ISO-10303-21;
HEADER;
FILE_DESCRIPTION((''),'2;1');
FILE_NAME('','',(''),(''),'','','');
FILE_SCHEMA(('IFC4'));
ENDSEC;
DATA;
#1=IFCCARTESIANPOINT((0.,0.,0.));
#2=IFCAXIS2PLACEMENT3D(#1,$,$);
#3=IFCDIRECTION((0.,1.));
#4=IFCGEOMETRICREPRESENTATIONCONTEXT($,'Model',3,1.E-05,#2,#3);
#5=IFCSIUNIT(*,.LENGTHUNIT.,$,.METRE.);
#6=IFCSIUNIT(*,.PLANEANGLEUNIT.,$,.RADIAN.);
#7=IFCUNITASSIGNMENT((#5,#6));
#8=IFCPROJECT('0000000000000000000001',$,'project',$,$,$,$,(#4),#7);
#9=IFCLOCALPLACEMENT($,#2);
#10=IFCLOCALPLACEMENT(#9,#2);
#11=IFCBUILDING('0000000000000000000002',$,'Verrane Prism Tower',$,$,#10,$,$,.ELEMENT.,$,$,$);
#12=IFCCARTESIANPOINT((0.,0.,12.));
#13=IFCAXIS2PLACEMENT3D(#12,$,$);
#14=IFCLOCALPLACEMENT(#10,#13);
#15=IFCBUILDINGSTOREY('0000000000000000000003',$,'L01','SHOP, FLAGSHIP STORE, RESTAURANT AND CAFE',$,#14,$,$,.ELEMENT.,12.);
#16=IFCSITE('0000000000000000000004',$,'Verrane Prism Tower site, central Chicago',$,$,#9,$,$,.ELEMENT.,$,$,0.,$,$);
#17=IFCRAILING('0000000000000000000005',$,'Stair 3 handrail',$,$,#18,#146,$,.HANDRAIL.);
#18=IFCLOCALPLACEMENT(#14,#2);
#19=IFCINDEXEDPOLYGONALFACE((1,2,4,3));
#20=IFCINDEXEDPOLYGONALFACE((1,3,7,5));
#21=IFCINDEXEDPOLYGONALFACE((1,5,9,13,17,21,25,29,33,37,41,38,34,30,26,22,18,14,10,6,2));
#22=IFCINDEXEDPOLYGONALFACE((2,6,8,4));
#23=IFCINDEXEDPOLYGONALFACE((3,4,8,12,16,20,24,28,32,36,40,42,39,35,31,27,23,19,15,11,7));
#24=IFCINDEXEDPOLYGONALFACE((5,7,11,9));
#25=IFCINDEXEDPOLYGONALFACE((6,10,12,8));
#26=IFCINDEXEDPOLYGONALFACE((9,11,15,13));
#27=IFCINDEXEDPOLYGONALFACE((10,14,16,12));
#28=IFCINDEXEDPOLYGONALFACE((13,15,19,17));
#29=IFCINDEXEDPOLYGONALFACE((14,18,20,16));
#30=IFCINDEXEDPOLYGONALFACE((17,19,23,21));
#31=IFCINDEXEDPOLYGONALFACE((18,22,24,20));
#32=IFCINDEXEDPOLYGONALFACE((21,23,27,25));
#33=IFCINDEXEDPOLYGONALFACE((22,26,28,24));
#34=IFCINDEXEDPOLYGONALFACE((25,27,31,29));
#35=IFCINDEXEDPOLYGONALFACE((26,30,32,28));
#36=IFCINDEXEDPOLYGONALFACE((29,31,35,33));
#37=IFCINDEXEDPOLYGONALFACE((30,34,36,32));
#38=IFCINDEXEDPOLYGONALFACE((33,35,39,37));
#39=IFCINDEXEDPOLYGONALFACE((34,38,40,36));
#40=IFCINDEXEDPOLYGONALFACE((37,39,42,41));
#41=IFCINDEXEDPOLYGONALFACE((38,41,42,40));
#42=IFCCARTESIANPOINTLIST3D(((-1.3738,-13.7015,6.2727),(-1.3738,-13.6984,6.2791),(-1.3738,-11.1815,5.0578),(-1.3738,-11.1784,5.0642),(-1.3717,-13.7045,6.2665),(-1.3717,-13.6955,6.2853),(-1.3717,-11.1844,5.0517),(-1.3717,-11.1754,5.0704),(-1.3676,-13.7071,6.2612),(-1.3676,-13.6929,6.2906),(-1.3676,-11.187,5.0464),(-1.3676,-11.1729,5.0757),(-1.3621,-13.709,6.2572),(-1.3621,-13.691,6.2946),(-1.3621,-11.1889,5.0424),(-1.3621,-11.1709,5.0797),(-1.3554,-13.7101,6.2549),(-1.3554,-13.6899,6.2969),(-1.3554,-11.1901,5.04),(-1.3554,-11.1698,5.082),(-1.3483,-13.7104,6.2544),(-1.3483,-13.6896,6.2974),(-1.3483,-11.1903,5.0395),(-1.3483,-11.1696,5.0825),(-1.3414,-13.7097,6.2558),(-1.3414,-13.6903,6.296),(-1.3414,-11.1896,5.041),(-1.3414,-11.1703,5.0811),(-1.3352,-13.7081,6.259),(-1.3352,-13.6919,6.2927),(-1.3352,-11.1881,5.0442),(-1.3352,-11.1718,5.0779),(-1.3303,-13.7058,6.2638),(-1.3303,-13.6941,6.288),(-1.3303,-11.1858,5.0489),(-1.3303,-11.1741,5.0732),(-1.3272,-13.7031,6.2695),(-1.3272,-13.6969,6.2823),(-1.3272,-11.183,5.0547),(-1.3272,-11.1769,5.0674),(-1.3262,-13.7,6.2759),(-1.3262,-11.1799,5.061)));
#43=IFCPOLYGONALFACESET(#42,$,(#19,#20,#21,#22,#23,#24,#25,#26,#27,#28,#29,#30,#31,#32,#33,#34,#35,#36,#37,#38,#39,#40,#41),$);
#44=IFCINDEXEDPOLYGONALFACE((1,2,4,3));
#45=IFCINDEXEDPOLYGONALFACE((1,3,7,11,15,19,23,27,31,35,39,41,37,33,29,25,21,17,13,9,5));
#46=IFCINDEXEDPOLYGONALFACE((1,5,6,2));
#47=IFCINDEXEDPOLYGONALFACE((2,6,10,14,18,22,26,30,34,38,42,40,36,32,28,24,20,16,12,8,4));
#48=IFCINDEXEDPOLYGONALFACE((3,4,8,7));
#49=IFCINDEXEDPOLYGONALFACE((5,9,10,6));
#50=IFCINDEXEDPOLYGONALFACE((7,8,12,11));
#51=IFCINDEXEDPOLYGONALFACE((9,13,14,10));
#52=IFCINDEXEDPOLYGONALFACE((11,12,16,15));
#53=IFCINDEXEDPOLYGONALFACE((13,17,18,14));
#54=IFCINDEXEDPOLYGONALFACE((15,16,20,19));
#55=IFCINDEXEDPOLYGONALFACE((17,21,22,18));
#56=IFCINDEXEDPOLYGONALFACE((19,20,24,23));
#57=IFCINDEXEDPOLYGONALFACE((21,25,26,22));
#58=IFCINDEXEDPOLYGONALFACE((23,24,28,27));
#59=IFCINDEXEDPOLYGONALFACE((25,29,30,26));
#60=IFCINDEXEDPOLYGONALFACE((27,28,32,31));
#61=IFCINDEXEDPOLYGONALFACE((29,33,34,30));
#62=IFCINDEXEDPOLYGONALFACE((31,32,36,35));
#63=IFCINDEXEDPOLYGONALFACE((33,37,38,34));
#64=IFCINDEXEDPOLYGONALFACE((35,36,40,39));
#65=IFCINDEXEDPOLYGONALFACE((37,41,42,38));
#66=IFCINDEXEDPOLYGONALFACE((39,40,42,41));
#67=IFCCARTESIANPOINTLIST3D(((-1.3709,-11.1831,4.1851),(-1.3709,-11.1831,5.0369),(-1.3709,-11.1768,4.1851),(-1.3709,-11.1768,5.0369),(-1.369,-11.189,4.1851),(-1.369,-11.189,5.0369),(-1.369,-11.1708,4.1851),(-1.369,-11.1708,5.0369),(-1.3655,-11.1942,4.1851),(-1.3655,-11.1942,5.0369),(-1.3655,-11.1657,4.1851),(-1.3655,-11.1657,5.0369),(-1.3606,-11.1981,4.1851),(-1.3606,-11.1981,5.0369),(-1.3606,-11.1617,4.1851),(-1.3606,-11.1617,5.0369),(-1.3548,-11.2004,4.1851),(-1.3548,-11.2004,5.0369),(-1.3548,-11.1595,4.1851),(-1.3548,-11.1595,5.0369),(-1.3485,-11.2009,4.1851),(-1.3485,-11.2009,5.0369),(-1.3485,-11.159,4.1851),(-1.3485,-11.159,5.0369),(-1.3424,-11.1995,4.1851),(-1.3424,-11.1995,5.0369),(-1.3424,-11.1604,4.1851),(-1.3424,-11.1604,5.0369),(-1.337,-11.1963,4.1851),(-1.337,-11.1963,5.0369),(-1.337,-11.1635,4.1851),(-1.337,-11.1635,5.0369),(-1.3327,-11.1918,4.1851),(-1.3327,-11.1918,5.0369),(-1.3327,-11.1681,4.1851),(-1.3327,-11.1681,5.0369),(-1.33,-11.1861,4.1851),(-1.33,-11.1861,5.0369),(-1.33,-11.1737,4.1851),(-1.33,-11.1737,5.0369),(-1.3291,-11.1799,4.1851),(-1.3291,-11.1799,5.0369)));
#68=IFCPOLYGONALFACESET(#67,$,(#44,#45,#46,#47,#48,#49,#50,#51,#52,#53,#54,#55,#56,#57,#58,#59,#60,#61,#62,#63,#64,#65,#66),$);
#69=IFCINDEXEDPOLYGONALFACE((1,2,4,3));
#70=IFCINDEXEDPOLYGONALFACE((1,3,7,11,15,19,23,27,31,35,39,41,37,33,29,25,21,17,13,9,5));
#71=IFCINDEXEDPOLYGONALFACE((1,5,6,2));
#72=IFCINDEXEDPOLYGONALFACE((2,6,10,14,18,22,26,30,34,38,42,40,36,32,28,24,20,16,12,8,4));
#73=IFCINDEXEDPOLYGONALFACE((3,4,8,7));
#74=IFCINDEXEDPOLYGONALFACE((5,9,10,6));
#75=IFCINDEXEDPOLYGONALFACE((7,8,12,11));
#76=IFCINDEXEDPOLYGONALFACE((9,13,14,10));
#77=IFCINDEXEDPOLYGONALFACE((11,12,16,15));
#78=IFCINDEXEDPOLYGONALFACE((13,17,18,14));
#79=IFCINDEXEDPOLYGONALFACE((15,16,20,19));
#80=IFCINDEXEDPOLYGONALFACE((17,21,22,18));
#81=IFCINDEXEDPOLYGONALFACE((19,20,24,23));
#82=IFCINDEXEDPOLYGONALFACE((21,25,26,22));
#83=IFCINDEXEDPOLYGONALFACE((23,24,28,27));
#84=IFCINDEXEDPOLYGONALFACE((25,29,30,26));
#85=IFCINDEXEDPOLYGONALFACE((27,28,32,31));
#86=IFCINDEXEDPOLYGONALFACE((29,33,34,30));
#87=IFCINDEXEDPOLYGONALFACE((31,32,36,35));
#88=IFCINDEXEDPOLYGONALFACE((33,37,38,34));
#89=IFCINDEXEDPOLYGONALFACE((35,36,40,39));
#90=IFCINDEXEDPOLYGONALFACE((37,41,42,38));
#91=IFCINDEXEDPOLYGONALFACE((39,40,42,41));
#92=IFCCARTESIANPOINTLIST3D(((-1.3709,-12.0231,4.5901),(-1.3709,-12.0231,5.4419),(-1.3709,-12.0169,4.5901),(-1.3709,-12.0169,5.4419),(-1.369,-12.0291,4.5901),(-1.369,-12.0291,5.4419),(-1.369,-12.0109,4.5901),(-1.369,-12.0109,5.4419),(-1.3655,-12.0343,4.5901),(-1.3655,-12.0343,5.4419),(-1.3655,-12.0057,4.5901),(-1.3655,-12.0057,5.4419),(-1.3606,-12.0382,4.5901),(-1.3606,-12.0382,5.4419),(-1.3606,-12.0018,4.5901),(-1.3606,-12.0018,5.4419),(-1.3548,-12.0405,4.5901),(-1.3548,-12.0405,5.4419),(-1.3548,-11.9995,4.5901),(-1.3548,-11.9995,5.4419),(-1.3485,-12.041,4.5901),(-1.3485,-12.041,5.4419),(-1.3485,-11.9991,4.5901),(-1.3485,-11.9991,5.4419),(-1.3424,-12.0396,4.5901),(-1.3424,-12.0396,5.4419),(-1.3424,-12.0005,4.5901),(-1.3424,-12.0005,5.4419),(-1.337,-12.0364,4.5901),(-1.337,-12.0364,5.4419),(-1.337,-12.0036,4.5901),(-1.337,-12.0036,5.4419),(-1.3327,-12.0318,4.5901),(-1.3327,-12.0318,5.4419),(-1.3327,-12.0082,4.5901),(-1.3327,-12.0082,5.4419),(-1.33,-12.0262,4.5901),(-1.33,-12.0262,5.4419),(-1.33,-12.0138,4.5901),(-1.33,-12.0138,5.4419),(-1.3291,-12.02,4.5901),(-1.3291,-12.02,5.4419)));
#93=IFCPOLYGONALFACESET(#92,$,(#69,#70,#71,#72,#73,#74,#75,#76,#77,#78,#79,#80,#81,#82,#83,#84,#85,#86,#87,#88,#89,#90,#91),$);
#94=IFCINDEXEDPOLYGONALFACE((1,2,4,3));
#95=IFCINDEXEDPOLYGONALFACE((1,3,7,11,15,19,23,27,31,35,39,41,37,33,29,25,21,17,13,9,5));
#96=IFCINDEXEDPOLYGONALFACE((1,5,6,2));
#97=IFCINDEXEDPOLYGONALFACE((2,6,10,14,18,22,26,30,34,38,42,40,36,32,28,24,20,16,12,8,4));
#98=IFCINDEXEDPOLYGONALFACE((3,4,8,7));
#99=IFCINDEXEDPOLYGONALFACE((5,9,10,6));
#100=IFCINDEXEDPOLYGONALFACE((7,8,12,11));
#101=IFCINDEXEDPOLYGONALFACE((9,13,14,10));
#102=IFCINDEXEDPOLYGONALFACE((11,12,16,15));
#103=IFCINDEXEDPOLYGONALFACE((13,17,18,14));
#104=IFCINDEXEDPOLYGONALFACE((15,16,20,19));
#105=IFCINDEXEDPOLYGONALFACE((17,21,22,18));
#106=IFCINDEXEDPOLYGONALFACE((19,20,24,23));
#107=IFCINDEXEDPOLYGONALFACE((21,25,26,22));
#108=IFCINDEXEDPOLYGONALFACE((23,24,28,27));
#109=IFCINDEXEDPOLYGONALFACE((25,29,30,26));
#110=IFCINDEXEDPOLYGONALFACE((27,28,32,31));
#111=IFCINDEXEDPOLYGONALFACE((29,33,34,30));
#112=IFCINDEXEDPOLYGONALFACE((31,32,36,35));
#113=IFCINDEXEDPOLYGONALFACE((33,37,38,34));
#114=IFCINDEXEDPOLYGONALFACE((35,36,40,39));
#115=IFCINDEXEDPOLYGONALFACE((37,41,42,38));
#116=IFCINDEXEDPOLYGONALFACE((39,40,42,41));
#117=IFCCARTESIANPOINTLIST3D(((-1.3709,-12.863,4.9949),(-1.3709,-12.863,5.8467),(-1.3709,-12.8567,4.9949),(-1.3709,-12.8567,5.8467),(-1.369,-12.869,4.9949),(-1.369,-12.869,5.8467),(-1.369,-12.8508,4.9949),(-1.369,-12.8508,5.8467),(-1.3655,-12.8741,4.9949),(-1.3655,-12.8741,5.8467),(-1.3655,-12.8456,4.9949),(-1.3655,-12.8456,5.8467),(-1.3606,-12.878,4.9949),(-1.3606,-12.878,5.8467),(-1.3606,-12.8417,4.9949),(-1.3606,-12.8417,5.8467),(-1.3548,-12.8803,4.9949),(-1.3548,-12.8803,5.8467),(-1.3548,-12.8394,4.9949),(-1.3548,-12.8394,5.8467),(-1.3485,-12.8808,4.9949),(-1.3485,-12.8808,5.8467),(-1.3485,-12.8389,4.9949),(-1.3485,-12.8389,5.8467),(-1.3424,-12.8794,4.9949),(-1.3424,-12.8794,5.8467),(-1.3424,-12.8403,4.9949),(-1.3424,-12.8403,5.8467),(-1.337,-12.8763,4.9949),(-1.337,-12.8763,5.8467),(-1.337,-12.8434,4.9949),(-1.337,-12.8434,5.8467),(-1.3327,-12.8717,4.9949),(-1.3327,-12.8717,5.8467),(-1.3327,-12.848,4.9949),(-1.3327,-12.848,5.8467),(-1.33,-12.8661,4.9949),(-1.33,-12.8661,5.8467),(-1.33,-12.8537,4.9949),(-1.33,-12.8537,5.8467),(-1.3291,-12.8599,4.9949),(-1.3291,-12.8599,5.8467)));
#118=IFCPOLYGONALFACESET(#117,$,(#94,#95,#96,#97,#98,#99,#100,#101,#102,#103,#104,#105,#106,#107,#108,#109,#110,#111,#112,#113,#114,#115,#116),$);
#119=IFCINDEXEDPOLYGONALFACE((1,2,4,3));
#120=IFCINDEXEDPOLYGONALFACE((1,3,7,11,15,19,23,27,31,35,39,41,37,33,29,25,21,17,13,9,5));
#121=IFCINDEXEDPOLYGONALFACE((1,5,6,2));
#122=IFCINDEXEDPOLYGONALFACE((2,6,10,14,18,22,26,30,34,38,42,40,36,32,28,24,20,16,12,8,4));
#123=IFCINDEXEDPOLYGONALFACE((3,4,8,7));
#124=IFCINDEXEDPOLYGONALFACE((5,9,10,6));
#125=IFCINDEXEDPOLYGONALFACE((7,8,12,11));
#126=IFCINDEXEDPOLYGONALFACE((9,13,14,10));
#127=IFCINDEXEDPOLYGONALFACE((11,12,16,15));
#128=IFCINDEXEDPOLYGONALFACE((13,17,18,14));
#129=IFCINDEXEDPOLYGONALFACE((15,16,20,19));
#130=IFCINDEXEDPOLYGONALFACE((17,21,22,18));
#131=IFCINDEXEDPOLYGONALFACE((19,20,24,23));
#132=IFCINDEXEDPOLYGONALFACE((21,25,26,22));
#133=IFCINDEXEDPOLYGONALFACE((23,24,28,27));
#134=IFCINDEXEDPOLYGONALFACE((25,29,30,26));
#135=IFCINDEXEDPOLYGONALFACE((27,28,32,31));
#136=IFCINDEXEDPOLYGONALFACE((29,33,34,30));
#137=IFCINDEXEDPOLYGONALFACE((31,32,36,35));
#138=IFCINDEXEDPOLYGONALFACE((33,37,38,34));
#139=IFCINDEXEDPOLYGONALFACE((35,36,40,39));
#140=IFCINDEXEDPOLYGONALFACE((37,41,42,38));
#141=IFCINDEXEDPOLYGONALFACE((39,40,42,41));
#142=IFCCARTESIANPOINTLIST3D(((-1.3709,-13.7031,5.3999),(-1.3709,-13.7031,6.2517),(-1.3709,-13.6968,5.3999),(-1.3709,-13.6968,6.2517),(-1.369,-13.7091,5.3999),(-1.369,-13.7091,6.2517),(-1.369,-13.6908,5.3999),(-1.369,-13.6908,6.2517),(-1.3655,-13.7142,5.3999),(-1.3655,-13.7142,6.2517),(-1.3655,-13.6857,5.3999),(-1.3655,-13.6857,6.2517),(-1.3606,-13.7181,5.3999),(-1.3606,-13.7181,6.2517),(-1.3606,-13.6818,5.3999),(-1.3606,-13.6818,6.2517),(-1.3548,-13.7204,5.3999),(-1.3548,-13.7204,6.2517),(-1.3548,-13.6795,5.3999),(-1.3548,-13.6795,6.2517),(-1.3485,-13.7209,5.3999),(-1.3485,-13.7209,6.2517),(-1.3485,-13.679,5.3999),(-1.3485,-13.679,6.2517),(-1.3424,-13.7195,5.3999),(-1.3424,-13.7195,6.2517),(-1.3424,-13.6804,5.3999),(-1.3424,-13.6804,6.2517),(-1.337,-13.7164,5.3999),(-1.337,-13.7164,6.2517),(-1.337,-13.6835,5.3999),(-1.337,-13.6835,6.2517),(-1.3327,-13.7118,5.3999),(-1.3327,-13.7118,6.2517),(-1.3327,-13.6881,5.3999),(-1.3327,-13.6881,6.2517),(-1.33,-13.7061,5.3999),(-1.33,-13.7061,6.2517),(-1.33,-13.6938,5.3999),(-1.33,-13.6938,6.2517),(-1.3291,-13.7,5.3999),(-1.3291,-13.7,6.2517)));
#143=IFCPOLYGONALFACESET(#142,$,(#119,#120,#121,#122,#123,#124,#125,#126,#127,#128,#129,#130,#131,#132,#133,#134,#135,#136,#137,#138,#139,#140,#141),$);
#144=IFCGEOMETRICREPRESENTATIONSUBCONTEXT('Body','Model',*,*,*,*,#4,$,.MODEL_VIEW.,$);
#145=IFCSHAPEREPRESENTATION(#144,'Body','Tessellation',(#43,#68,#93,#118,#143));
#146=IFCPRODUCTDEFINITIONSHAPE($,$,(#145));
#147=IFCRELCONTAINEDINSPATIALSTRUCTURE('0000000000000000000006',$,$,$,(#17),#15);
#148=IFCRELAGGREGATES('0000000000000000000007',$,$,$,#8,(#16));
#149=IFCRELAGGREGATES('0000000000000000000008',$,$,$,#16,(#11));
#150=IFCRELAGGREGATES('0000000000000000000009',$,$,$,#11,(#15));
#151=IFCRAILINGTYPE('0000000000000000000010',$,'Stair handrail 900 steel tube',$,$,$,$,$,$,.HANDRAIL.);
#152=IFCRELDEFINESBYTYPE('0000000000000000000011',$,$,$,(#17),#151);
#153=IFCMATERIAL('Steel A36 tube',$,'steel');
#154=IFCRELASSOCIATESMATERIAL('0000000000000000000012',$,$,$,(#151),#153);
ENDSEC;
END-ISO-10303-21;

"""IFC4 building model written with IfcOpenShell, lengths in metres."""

from ifc_helpers import new_model, si_unit, direction, frame, origin, origin_2d, place, context, subcontext, project, spatial, circle, extrude, material, type_object, element, save


model = new_model("IFC4")

# Units and contexts
model_context = context("Model", 3, precision=1e-05, world=origin(), true_north=direction((0.0, 1.0)))
body_context = subcontext(model_context, "Body", "Model", "MODEL_VIEW")
ifc_project = project(units=[si_unit("LENGTHUNIT", "METRE"), si_unit("PLANEANGLEUNIT", "RADIAN")], contexts=[model_context])

# Site, building, storey
site_placement = place(None, origin())
site = spatial("IfcSite", under=ifc_project, at=site_placement, Name="Verrane Prism Tower site, central Chicago", CompositionType="ELEMENT", RefElevation=0.0)
building_placement = place(site_placement, origin())
building = spatial("IfcBuilding", under=site, at=building_placement, Name="Verrane Prism Tower", CompositionType="ELEMENT")
storey_placement = place(building_placement, frame((0.0, 0.0, 12.0)))
storey = spatial("IfcBuildingStorey", under=building, at=storey_placement, Name="L01", Description="SHOP, FLAGSHIP STORE, RESTAURANT AND CAFE", CompositionType="ELEMENT", Elevation=12.0)

# Railing
ifc_material_1 = material(Name="Steel A36 tube", Category="steel")
railing_type = type_object("IfcRailingType", Name="Stair handrail 900 steel tube", PredefinedType="HANDRAIL", material=ifc_material_1)
for number, where, name in (
    (1, (-1.3501, -11.1799, 4.1851), "Stair 3 handrail"),
):
    element("IfcRailing", number, at=place(storey_placement, frame(where)), inside=storey, type_object=railing_type, Name=name, PredefinedType="HANDRAIL", context=body_context, shape_type="SweptSolid", body=[
        extrude(circle(Radius=0.0239, at=origin_2d()), frame((0.0, 0.0, 0.876), z_axis=(0.0, -0.900792, 0.434251), x_axis=(1.0, 0.0, 0.0)), (0.0, 0.0, 1.0), 2.7976),
        extrude(circle(Radius=0.021, at=origin_2d()), origin(), (0.0, 0.0, 1.0), 0.8518),
        extrude(circle(Radius=0.021, at=origin_2d()), frame((0.0, -0.8401, 0.405)), (0.0, 0.0, 1.0), 0.8518),
        extrude(circle(Radius=0.021, at=origin_2d()), frame((0.0, -1.6799, 0.8098)), (0.0, 0.0, 1.0), 0.8518),
        extrude(circle(Radius=0.021, at=origin_2d()), frame((0.0, -2.52, 1.2148)), (0.0, 0.0, 1.0), 0.8518),
    ])

save(model, "model.ifc")
